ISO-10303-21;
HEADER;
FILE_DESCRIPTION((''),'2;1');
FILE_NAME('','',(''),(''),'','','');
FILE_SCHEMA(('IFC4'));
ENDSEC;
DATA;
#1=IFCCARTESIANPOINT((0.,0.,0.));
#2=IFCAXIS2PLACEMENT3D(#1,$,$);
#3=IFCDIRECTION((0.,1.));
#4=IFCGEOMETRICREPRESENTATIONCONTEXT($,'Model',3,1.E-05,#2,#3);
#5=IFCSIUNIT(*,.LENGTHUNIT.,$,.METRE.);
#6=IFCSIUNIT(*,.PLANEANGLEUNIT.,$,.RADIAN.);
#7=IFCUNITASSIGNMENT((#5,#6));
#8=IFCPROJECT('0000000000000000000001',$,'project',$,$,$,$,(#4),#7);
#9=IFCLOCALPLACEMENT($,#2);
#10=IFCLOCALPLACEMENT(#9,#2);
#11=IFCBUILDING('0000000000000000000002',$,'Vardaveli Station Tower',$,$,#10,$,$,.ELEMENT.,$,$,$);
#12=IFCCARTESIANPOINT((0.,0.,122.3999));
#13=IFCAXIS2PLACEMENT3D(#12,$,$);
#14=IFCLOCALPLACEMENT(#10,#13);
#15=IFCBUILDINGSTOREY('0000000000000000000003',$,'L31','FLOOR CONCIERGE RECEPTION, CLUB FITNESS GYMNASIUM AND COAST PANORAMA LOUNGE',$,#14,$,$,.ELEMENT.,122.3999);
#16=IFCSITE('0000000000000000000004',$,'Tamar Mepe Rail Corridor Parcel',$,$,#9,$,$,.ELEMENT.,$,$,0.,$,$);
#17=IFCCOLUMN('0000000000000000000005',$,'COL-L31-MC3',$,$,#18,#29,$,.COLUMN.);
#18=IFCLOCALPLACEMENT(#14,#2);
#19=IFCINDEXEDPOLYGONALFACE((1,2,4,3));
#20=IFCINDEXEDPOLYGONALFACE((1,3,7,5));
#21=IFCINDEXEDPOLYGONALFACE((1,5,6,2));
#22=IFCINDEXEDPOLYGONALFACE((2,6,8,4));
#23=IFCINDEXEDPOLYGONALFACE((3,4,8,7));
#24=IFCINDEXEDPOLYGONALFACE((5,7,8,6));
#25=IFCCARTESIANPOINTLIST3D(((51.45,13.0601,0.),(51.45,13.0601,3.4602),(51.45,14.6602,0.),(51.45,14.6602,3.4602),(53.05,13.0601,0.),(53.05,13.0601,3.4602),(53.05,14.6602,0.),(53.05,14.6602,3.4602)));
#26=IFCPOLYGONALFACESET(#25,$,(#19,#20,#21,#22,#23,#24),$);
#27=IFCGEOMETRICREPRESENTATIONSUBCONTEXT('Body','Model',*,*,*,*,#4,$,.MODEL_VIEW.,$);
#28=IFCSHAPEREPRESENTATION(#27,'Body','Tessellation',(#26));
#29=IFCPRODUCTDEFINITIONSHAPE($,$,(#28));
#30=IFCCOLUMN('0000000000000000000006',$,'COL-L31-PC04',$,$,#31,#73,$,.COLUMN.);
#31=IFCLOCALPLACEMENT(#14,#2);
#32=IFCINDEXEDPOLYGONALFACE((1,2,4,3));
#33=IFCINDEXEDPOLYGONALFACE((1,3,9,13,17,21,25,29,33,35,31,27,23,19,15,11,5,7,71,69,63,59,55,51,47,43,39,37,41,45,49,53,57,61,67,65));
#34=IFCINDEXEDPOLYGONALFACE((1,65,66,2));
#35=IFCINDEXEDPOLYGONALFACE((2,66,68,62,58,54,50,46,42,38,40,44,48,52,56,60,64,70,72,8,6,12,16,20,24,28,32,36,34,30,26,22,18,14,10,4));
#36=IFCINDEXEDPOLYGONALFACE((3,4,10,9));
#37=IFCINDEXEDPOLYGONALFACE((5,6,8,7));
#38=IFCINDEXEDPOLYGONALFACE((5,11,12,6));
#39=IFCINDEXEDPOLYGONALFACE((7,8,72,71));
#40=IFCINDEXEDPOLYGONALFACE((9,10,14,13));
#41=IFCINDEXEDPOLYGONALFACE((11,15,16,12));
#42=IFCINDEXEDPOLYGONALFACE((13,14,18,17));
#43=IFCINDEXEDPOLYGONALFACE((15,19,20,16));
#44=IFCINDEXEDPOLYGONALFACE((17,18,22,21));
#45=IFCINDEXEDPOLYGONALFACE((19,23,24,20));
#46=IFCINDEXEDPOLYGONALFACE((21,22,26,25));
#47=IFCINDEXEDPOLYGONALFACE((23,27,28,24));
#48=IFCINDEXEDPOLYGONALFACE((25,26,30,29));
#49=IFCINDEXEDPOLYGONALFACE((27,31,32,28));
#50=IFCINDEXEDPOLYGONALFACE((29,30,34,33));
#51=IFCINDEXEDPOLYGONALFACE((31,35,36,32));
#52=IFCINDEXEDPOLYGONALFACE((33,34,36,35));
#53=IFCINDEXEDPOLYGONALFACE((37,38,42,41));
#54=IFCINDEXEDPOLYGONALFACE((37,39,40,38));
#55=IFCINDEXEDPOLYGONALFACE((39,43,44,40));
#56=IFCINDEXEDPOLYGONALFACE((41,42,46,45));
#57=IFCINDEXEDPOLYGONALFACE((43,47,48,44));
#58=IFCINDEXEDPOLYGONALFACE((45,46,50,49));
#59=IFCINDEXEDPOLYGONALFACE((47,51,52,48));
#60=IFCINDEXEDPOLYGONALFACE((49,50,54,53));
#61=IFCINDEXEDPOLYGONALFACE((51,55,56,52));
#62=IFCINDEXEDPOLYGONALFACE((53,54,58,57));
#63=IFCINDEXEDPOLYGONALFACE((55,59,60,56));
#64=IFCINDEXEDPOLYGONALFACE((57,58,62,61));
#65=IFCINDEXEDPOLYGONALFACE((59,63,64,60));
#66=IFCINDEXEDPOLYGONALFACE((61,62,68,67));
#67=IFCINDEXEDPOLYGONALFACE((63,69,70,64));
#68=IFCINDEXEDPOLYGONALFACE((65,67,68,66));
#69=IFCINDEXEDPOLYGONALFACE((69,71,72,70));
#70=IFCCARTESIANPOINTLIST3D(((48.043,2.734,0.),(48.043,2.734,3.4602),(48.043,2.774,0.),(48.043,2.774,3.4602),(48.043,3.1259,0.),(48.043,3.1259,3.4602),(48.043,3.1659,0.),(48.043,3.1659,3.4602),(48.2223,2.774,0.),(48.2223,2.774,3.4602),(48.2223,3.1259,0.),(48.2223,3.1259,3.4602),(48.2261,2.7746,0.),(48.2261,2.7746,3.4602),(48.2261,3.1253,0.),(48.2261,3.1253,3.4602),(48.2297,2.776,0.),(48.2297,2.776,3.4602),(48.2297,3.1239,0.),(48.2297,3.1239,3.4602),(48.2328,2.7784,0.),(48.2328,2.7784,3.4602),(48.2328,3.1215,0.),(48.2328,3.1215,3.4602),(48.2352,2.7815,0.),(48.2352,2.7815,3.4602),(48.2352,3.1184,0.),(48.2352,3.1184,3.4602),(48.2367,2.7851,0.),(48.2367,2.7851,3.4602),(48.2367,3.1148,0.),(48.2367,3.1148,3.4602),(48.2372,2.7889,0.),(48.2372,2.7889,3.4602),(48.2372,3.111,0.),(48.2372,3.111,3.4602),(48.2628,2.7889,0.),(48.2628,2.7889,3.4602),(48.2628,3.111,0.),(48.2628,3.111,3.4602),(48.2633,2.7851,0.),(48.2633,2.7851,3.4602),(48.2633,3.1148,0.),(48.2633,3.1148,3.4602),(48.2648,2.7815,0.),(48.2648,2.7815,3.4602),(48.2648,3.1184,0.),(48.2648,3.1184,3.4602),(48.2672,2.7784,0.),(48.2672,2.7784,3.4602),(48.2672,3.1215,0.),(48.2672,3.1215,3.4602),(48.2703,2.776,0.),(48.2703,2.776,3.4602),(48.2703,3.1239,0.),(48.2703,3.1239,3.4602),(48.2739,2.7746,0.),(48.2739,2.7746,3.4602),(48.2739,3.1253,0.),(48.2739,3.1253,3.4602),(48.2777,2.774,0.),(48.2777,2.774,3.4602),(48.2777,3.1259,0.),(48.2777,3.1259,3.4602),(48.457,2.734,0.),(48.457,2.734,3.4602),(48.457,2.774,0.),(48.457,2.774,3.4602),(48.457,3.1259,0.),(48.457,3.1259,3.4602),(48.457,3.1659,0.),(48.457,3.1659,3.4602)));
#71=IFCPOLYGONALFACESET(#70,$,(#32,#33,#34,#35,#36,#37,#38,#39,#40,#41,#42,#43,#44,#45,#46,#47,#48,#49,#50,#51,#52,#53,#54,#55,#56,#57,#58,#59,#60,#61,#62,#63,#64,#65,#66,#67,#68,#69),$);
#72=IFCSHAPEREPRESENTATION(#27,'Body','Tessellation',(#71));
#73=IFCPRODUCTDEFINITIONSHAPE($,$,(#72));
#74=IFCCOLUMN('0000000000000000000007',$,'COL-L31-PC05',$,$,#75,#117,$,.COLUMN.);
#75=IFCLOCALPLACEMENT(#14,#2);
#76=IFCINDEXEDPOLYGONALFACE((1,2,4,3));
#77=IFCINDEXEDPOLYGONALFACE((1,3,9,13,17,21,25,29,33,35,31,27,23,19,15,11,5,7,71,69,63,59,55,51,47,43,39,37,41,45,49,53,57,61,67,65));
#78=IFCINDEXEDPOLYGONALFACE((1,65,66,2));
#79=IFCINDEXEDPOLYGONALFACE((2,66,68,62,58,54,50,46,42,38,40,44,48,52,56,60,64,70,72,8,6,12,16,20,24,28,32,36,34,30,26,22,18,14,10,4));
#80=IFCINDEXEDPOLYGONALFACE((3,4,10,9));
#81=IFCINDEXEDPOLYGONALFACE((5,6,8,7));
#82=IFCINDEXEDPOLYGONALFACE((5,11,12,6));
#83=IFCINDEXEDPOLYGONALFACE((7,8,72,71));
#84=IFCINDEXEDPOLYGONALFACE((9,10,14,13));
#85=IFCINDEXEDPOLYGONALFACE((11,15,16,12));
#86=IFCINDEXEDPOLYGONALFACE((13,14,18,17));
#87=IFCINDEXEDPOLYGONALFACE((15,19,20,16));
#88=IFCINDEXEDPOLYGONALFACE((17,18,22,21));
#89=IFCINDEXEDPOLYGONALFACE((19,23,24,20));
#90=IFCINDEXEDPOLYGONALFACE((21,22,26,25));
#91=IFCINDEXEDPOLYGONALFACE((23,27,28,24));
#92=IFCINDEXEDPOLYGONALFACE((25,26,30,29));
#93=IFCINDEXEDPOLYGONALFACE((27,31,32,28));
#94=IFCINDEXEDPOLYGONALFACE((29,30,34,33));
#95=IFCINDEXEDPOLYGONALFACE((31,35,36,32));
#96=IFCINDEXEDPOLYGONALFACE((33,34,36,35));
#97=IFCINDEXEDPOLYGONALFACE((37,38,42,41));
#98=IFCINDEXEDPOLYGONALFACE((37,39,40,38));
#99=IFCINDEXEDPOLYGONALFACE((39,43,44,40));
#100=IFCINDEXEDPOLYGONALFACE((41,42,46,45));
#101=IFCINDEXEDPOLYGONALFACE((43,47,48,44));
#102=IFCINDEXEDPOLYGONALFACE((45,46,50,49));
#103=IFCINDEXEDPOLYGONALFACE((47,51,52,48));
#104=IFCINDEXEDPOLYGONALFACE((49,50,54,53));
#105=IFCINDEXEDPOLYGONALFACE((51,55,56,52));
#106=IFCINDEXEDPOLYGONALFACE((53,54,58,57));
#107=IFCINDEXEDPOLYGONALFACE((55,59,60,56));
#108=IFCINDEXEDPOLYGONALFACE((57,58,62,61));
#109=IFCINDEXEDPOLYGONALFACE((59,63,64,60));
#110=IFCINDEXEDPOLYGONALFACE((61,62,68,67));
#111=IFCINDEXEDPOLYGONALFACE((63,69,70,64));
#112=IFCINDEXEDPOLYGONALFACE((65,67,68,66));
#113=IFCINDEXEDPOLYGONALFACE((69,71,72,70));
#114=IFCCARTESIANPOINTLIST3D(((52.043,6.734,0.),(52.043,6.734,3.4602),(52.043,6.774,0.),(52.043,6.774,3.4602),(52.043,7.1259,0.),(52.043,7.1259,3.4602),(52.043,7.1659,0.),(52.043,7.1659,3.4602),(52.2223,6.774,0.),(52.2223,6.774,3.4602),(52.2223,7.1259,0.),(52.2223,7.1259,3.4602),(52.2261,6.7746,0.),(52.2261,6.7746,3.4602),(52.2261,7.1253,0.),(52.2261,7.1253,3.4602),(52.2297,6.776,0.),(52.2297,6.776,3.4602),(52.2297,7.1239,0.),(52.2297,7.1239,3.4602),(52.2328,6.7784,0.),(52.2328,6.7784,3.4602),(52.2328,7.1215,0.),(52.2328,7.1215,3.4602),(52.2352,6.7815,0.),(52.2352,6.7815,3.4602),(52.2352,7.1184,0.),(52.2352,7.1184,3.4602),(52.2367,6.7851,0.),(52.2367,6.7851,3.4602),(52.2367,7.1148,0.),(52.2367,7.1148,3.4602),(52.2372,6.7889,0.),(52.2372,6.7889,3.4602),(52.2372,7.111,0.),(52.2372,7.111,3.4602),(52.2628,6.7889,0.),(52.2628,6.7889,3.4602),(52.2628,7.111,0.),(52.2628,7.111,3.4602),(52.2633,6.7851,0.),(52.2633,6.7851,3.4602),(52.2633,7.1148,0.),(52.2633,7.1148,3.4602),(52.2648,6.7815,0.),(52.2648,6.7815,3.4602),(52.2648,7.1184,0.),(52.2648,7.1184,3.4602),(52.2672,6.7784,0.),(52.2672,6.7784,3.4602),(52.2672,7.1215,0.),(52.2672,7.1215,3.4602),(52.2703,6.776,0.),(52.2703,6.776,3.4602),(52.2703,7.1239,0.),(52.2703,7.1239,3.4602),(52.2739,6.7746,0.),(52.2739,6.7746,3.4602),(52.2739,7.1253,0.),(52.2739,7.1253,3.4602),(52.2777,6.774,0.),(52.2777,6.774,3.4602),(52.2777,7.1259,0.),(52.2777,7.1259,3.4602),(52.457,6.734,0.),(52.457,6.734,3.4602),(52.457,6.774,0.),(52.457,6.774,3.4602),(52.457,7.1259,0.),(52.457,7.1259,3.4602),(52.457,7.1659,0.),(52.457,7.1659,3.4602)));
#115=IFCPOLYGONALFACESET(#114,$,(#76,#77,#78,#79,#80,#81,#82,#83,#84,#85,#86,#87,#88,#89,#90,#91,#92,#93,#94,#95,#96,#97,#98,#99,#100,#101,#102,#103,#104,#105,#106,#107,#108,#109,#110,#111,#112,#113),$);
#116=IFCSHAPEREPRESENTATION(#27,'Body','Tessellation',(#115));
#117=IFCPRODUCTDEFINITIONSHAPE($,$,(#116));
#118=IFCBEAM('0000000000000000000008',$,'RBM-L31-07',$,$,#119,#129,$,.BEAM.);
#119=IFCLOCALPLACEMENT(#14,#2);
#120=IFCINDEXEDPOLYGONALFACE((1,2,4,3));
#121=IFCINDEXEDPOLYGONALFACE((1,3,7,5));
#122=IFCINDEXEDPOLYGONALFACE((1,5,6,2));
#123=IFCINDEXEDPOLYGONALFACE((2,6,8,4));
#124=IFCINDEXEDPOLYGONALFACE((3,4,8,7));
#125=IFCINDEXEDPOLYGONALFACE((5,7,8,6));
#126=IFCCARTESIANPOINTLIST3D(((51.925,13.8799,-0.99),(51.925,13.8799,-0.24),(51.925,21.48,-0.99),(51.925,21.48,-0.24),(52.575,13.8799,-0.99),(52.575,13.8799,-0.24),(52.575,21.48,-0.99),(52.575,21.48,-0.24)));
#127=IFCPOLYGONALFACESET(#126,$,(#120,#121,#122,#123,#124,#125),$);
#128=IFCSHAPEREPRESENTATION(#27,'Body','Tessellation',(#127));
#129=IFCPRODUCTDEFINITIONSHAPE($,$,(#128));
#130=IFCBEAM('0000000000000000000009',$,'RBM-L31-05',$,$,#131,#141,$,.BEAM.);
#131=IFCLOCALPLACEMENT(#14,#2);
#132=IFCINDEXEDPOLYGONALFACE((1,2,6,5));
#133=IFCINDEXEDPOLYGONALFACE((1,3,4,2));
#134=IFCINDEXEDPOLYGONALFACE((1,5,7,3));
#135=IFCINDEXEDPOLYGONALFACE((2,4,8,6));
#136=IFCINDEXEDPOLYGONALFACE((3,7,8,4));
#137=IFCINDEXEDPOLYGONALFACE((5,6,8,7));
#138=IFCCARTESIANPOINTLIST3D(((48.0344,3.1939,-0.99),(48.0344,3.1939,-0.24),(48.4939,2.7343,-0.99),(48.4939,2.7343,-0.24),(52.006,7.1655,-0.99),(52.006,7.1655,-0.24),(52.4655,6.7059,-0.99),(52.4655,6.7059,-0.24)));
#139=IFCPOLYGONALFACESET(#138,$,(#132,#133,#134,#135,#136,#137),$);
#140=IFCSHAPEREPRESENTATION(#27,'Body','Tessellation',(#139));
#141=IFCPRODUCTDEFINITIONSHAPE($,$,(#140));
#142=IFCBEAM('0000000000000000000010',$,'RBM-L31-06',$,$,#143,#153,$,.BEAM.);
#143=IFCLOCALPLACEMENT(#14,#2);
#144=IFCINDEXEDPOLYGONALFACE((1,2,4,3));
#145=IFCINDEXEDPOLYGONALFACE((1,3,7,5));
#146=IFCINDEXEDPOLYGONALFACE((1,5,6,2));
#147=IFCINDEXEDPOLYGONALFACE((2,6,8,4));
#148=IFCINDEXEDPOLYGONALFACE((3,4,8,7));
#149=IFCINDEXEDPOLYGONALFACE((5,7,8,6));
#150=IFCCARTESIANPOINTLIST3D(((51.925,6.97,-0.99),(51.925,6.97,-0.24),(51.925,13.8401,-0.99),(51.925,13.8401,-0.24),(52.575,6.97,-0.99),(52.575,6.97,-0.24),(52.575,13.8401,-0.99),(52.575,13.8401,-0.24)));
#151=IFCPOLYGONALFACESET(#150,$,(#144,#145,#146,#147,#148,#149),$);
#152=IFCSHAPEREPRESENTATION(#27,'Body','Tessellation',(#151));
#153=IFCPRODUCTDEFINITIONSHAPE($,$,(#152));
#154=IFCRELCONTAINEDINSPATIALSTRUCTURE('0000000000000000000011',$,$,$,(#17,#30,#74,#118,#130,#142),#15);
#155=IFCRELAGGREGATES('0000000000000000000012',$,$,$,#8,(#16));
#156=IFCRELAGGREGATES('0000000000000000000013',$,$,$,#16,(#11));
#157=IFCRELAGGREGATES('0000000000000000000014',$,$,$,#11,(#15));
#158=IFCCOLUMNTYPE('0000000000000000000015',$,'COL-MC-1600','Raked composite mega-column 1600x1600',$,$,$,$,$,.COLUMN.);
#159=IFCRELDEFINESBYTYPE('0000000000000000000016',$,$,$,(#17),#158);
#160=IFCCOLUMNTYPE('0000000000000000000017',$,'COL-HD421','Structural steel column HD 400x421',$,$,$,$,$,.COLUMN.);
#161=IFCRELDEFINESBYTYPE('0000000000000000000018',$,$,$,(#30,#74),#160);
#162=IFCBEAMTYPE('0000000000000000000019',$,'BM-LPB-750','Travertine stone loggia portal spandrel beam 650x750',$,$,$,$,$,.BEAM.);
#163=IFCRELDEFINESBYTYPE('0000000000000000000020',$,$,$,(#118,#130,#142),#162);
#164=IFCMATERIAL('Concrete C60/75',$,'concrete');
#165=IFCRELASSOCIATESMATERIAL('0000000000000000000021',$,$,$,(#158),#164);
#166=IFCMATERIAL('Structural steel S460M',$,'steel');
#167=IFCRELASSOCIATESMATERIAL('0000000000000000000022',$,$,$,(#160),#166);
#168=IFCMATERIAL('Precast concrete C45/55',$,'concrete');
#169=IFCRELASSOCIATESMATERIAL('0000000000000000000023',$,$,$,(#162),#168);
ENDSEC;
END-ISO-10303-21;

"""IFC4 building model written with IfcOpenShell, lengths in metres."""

from ifc_helpers import new_model, si_unit, direction, frame, origin, origin_2d, place, context, subcontext, project, spatial, rectangle, i_section, extrude, source, transform, mapped, material, material_profile, profile_set, type_object, element, save


model = new_model("IFC4")

# Units and contexts
model_context = context("Model", 3, precision=1e-05, world=origin(), true_north=direction((0.0, 1.0)))
body_context = subcontext(model_context, "Body", "Model", "MODEL_VIEW")
ifc_project = project(units=[si_unit("LENGTHUNIT", "METRE"), si_unit("PLANEANGLEUNIT", "RADIAN")], contexts=[model_context])

# Site, building, storey
site_placement = place(None, origin())
site = spatial("IfcSite", under=ifc_project, at=site_placement, Name="Tamar Mepe Rail Corridor Parcel", CompositionType="ELEMENT", RefElevation=0.0)
building_placement = place(site_placement, origin())
building = spatial("IfcBuilding", under=site, at=building_placement, Name="Vardaveli Station Tower", CompositionType="ELEMENT")
storey_placement = place(building_placement, frame((0.0, 0.0, 122.3999)))
storey = spatial("IfcBuildingStorey", under=building, at=storey_placement, Name="L31", Description="FLOOR CONCIERGE RECEPTION, CLUB FITNESS GYMNASIUM AND COAST PANORAMA LOUNGE", CompositionType="ELEMENT", Elevation=122.3999)

# Columns
ifc_material_1 = material(Name="Concrete C60/75", Category="concrete")
ifc_material_profile_1 = material_profile(ifc_material_1, rectangle(XDim=1.6001, YDim=1.6001, at=origin_2d()), Name="MC 1600x1600")
ifc_profile_set_1 = profile_set([ifc_material_profile_1], Name="Concrete C60/75")
column_type_1 = type_object("IfcColumnType", Name="COL-MC-1600", Description="Raked composite mega-column 1600x1600", PredefinedType="COLUMN", material=ifc_profile_set_1)
shared_shape_1 = source(origin(), body_context, "Body", "SweptSolid", [
    extrude(rectangle(XDim=1.6001, YDim=1.6001, at=origin_2d()), origin(), (0.0, 0.0, 1.0), 3.4602),
])
column_placement = place(storey_placement, frame((52.25, 13.8601, 0.0), z_axis=(0.0, 0.0, 1.0), x_axis=(1.0, 0.0, 0.0)))
element("IfcColumn", 1, at=column_placement, inside=storey, type_object=column_type_1, Name="COL-L31-MC3", PredefinedType="COLUMN", context=body_context, shape_type="MappedRepresentation", body=[
    mapped(shared_shape_1, transform((0.0, 0.0, 0.0), scale=1.0)),
])
ifc_material_2 = material(Name="Structural steel S460M", Category="steel")
ifc_material_profile_2 = material_profile(ifc_material_2, i_section(OverallWidth=0.4141, OverallDepth=0.4319, WebThickness=0.0256, FlangeThickness=0.04, FilletRadius=0.0149, at=origin_2d()), Name="HD 400x421")
ifc_profile_set_2 = profile_set([ifc_material_profile_2], Name="Structural steel S460M")
column_type_2 = type_object("IfcColumnType", Name="COL-HD421", Description="Structural steel column HD 400x421", PredefinedType="COLUMN", material=ifc_profile_set_2)
shared_shape_2 = source(origin(), body_context, "Body", "SweptSolid", [
    extrude(i_section(OverallWidth=0.4141, OverallDepth=0.4319, WebThickness=0.0256, FlangeThickness=0.04, FilletRadius=0.0149, at=origin_2d()), origin(), (0.0, 0.0, 1.0), 3.4602),
])
for number, where, z_axis, x_axis, name in (
    (2, (48.25, 2.95, 0.0), (0.0, 0.0, 1.0), (1.0, 0.0, 0.0), "COL-L31-PC04"),
    (3, (52.25, 6.95, 0.0), (0.0, 0.0, 1.0), (1.0, 0.0, 0.0), "COL-L31-PC05"),
):
    element("IfcColumn", number, at=place(storey_placement, frame(where, z_axis=z_axis, x_axis=x_axis)), inside=storey, type_object=column_type_2, Name=name, PredefinedType="COLUMN", context=body_context, shape_type="MappedRepresentation", body=[
        mapped(shared_shape_2, transform((0.0, 0.0, 0.0), scale=1.0)),
    ])

# Beams
ifc_material_3 = material(Name="Precast concrete C45/55", Category="concrete")
ifc_material_profile_3 = material_profile(ifc_material_3, rectangle(XDim=0.6499, YDim=0.75, at=origin_2d()), Name="LPB 650x750")
ifc_profile_set_3 = profile_set([ifc_material_profile_3], Name="Precast concrete C45/55")
beam_type_1 = type_object("IfcBeamType", Name="BM-LPB-750", Description="Travertine stone loggia portal spandrel beam 650x750", PredefinedType="BEAM", material=ifc_profile_set_3)
shared_shape_3 = source(origin(), body_context, "Body", "SweptSolid", [
    extrude(rectangle(XDim=0.6499, YDim=0.75, at=origin_2d()), origin(), (0.0, 0.0, 1.0), 7.6001),
])
beam_1_placement = place(storey_placement, frame((52.25, 13.8799, -0.615), z_axis=(0.0, 1.0, 0.0), x_axis=(-1.0, 0.0, 0.0)))
element("IfcBeam", 4, at=beam_1_placement, inside=storey, type_object=beam_type_1, Name="RBM-L31-07", PredefinedType="BEAM", context=body_context, shape_type="MappedRepresentation", body=[
    mapped(shared_shape_3, transform((0.0, 0.0, 0.0), scale=1.0)),
])
shared_shape_4 = source(origin(), body_context, "Body", "SweptSolid", [
    extrude(rectangle(XDim=0.6499, YDim=0.75, at=origin_2d()), origin(), (0.0, 0.0, 1.0), 5.6167),
])
beam_2_placement = place(storey_placement, frame((48.2642, 2.9641, -0.615), z_axis=(0.707107, 0.707107, 0.0), x_axis=(-0.707107, 0.707107, 0.0)))
element("IfcBeam", 5, at=beam_2_placement, inside=storey, type_object=beam_type_1, Name="RBM-L31-05", PredefinedType="BEAM", context=body_context, shape_type="MappedRepresentation", body=[
    mapped(shared_shape_4, transform((0.0, 0.0, 0.0), scale=1.0)),
])
shared_shape_5 = source(origin(), body_context, "Body", "SweptSolid", [
    extrude(rectangle(XDim=0.6499, YDim=0.75, at=origin_2d()), origin(), (0.0, 0.0, 1.0), 6.8701),
])
beam_3_placement = place(storey_placement, frame((52.25, 6.97, -0.615), z_axis=(0.0, 1.0, 0.0), x_axis=(-1.0, 0.0, 0.0)))
element("IfcBeam", 6, at=beam_3_placement, inside=storey, type_object=beam_type_1, Name="RBM-L31-06", PredefinedType="BEAM", context=body_context, shape_type="MappedRepresentation", body=[
    mapped(shared_shape_5, transform((0.0, 0.0, 0.0), scale=1.0)),
])

save(model, "model.ifc")
